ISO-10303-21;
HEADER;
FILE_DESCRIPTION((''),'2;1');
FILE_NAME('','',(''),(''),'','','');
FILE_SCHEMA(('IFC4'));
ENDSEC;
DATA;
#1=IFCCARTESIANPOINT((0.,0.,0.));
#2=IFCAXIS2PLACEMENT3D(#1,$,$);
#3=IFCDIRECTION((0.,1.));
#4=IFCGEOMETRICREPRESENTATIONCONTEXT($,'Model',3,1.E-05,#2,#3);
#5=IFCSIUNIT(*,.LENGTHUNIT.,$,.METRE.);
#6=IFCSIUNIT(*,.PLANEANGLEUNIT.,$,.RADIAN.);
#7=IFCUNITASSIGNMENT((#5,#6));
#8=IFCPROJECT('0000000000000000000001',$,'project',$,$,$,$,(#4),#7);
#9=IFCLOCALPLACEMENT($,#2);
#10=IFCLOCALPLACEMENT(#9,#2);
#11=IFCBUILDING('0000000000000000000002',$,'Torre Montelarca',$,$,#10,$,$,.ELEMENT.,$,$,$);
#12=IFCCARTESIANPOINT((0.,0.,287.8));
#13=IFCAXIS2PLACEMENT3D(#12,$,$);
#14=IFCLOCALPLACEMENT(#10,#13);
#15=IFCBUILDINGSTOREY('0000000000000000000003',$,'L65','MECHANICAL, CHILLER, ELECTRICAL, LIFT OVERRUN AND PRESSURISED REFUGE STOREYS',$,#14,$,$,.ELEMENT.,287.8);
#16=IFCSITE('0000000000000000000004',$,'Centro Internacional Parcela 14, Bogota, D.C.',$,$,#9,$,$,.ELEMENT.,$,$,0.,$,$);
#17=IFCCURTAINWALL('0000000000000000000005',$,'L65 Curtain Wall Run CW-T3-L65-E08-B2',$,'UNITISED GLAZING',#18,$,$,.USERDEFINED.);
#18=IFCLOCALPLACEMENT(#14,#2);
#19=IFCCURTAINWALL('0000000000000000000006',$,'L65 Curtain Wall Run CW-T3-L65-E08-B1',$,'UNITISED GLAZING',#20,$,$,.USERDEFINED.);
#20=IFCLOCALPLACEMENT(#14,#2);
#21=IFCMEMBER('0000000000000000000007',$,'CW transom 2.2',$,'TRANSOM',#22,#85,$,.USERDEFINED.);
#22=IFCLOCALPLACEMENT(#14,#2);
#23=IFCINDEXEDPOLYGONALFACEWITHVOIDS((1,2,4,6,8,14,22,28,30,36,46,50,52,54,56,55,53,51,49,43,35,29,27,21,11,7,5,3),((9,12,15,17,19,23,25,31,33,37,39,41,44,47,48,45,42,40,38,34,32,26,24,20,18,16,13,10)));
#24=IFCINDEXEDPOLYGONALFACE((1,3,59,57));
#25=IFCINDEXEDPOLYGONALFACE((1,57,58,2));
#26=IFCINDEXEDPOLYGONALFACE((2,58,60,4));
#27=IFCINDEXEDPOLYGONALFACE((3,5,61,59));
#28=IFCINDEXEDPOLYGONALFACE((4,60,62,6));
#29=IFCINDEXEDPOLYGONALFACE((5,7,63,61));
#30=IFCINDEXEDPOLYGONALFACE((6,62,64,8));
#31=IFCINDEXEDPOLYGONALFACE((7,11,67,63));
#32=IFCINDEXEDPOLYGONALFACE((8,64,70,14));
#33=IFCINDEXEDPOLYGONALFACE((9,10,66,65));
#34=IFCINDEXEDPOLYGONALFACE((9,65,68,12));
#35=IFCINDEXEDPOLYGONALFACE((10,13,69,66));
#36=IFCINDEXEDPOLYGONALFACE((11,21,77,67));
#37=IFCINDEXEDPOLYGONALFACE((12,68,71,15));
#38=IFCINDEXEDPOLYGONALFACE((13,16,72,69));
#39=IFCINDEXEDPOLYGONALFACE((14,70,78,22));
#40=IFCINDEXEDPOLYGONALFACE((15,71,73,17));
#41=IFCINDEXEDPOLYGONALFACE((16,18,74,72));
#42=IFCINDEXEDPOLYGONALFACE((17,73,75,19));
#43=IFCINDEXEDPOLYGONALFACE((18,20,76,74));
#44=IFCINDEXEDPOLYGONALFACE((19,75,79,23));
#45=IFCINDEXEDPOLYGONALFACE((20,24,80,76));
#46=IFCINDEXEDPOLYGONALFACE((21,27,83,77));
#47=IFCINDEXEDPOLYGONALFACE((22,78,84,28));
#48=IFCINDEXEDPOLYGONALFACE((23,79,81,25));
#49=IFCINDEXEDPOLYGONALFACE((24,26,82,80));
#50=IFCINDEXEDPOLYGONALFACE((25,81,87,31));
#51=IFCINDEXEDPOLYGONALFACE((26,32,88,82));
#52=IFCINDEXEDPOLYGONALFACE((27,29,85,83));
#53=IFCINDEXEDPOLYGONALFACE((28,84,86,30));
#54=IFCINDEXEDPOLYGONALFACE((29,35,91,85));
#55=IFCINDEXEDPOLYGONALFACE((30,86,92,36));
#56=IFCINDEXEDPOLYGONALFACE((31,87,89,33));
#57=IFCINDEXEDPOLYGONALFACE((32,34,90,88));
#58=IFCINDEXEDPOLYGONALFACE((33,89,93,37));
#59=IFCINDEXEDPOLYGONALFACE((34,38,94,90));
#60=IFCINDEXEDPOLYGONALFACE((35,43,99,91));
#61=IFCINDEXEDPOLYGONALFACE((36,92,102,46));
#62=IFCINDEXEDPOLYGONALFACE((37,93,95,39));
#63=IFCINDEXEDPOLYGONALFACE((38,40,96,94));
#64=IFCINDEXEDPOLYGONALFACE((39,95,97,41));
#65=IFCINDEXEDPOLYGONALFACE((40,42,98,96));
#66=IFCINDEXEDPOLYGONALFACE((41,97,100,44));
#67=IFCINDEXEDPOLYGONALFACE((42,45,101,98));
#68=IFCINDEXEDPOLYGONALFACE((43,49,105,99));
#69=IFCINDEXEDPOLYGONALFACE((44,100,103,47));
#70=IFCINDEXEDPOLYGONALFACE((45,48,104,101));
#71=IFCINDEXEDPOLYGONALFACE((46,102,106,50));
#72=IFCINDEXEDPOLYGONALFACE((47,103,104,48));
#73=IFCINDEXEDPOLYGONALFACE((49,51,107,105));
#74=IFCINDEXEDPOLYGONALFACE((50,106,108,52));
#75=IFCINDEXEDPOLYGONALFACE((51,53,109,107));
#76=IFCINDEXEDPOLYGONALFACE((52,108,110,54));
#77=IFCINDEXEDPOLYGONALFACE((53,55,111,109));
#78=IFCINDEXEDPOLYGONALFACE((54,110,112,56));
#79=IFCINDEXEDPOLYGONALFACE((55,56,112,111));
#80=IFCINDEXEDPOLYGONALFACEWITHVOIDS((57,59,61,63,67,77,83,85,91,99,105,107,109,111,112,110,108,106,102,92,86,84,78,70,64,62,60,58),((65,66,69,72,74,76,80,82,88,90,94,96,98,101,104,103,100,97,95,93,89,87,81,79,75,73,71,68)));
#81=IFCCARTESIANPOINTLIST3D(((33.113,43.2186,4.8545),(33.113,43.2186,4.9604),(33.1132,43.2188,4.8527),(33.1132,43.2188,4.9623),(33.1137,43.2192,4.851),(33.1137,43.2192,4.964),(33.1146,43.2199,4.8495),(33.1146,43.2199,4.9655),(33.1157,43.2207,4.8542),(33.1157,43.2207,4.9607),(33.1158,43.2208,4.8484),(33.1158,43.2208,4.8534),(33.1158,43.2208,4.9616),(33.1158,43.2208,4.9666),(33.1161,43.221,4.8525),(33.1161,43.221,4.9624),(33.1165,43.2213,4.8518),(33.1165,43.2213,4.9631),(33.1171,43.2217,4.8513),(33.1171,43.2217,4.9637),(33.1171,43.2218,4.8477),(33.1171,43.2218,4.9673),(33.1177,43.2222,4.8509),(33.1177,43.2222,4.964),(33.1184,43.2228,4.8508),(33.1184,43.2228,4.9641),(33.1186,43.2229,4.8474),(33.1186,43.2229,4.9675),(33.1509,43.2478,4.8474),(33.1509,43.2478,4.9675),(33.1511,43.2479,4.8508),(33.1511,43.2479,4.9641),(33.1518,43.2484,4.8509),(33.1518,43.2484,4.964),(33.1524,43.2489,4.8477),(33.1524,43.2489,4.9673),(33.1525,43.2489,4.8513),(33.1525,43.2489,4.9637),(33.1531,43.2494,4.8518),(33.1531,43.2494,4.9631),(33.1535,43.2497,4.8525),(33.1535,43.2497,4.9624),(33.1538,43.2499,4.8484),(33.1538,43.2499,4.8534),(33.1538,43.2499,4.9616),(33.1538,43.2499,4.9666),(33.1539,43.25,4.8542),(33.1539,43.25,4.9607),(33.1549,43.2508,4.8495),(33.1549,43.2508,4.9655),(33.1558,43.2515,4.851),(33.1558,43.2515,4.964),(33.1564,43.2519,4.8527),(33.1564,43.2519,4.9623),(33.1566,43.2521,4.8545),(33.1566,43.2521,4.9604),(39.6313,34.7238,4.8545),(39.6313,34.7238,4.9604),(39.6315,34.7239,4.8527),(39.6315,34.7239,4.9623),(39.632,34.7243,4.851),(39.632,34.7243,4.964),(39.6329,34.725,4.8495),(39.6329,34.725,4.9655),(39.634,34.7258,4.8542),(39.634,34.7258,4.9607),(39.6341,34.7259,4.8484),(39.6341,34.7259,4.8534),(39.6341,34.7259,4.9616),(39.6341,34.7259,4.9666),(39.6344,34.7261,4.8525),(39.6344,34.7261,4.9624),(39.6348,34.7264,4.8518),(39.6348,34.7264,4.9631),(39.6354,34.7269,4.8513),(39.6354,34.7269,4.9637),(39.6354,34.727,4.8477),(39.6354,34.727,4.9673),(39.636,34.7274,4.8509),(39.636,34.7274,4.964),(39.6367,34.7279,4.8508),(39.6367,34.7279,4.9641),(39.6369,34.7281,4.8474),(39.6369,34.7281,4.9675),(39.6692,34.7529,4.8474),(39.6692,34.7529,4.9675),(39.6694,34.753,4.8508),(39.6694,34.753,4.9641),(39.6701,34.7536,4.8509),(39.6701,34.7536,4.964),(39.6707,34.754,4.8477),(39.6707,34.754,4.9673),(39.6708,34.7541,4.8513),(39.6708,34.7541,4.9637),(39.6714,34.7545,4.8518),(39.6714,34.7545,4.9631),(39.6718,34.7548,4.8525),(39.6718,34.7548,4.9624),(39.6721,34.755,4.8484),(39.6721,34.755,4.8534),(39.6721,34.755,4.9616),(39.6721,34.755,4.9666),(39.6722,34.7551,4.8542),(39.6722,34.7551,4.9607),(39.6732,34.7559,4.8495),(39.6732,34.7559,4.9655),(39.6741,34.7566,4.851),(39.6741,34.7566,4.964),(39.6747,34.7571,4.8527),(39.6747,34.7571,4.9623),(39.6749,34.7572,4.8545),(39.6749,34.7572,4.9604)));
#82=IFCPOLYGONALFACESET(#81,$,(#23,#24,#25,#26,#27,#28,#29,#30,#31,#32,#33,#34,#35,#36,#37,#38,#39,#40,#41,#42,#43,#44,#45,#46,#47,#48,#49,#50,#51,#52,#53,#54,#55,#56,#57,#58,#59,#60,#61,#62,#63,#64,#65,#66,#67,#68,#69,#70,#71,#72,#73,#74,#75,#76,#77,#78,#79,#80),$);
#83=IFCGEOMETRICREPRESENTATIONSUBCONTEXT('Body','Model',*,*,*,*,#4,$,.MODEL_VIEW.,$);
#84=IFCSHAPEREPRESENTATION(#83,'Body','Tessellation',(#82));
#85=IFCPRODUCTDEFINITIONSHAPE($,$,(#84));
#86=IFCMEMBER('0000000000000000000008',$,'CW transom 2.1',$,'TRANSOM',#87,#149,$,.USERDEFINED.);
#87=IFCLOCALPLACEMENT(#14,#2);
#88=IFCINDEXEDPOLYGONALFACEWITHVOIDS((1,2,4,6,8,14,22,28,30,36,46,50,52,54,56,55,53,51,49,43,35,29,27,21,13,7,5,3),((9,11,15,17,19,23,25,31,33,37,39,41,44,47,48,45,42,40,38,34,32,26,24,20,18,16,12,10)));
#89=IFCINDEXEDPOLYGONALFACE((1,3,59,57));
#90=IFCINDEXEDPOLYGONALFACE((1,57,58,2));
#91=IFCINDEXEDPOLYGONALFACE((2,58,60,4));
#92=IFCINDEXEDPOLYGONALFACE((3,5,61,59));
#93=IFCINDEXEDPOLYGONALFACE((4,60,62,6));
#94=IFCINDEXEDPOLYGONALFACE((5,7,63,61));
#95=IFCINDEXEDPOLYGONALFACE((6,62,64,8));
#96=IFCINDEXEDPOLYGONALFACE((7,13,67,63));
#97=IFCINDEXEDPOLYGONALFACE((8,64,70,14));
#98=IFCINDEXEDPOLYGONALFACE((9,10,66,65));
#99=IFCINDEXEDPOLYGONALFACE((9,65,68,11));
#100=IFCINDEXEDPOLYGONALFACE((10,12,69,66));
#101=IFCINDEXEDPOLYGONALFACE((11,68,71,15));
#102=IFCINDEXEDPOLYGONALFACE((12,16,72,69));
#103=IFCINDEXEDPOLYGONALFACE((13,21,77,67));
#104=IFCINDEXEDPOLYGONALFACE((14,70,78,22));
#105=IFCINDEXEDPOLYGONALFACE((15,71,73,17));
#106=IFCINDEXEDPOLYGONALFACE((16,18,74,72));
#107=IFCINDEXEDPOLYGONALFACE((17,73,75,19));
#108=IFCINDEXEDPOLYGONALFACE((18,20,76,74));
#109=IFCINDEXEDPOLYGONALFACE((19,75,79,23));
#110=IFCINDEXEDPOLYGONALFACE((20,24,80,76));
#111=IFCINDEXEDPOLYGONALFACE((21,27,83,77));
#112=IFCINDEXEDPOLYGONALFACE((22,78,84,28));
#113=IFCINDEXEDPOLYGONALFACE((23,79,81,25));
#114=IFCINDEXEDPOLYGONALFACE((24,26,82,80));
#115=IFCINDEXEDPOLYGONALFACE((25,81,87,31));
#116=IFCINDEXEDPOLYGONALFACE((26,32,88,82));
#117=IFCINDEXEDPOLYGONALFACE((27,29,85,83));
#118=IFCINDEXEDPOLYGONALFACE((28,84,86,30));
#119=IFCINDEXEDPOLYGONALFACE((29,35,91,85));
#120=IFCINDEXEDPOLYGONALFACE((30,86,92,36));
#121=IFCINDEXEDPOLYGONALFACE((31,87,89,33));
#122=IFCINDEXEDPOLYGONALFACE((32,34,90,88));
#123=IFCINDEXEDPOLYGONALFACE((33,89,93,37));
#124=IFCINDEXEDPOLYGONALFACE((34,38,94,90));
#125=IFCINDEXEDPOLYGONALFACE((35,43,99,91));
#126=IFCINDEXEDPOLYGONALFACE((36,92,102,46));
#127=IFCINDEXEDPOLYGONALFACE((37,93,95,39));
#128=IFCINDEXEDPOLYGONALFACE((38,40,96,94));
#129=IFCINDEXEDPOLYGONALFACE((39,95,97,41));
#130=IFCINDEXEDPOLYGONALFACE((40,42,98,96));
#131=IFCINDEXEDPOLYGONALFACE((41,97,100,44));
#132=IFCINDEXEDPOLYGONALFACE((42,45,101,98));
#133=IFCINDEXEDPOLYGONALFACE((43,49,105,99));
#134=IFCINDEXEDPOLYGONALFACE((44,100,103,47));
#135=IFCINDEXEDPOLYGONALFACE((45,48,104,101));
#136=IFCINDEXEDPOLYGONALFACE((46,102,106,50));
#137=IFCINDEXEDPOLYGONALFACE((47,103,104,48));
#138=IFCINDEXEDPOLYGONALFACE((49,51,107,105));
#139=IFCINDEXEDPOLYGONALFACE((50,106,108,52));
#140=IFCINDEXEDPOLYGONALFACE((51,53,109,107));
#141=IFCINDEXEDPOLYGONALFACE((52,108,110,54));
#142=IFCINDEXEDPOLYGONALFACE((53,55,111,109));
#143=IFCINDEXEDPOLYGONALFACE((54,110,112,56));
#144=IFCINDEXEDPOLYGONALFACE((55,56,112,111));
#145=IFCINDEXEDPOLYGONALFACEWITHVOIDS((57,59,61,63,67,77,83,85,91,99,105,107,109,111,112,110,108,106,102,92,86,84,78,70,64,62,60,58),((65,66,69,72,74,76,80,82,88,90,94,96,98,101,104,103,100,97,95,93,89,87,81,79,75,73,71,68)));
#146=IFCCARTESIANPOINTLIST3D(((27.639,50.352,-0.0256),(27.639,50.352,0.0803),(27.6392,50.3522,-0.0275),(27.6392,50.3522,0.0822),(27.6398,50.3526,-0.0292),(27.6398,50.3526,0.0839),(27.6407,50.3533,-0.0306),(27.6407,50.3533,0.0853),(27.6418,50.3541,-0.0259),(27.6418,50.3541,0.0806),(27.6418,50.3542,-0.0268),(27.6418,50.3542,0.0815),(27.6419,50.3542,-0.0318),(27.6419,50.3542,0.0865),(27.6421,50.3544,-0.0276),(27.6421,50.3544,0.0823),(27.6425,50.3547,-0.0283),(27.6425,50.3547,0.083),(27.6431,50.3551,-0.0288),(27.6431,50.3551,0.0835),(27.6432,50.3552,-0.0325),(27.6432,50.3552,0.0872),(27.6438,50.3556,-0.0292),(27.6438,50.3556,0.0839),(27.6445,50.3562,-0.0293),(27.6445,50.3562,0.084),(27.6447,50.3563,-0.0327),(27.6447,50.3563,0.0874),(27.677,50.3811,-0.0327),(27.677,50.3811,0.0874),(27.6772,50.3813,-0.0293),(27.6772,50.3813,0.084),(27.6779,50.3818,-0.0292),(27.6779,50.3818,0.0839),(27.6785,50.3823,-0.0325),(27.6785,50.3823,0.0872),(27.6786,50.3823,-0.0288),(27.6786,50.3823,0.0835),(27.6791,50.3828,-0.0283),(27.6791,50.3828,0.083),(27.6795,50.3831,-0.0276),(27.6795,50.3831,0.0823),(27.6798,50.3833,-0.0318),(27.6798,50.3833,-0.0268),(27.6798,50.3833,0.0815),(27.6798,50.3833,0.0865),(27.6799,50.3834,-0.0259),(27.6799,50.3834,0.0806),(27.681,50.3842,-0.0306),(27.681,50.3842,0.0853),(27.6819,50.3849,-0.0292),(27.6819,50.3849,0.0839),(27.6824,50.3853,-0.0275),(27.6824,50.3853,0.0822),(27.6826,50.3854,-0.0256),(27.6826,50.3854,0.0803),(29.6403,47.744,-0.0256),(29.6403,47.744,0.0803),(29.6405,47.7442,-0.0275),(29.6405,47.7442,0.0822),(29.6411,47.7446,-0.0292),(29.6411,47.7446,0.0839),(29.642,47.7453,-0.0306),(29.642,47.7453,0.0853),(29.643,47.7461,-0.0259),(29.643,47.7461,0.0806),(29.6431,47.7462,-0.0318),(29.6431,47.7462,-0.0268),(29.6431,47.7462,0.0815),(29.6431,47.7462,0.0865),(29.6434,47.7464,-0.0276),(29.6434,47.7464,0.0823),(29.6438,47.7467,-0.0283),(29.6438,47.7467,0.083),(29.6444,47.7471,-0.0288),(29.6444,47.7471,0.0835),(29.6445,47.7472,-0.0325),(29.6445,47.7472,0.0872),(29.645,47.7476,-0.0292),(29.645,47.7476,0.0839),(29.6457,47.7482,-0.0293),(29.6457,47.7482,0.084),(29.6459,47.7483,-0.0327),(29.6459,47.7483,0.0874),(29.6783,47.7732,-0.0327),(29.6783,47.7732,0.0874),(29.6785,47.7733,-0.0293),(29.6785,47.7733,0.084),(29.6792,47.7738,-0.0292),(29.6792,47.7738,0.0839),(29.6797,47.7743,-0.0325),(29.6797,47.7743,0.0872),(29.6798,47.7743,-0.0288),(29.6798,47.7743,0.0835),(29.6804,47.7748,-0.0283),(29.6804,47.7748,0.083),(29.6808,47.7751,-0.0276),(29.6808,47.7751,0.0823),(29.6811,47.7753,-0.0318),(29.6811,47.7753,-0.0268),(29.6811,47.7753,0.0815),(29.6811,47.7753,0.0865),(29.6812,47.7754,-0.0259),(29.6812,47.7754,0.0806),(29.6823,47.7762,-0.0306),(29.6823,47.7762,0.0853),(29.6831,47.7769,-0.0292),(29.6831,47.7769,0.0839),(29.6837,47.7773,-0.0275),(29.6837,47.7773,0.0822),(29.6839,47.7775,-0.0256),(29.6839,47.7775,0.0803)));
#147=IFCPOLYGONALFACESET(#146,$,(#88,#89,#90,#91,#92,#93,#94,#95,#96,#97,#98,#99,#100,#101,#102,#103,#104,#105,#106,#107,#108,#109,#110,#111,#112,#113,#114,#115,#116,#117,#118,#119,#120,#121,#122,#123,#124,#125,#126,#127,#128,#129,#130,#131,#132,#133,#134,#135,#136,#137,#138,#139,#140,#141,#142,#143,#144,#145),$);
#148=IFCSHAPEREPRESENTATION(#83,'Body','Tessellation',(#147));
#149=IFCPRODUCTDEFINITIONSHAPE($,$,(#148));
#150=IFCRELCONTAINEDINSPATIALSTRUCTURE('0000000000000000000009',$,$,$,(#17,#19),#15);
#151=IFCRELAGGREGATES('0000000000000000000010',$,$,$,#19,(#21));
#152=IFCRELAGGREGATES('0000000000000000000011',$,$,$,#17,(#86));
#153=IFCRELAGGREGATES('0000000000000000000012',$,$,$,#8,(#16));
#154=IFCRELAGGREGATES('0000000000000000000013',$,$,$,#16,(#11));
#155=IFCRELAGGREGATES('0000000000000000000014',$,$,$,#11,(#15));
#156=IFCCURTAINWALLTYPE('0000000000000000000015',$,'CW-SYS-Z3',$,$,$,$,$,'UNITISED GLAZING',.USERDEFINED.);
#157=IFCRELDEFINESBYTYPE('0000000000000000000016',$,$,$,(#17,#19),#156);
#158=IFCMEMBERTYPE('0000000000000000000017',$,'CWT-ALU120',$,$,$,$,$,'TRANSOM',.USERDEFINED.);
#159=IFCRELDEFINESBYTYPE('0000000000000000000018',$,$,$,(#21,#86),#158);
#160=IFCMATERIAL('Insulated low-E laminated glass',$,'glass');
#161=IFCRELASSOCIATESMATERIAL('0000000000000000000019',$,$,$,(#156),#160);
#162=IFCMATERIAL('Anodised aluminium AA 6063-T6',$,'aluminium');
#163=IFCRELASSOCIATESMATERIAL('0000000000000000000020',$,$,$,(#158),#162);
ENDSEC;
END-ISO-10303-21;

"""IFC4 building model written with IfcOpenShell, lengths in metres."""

from ifc_helpers import new_model, si_unit, direction, frame, origin, origin_2d, place, context, subcontext, project, spatial, hollow_rectangle, extrude, source, transform, mapped, material, material_profile, profile_set, type_object, element, aggregate, save


model = new_model("IFC4")

# Units and contexts
model_context = context("Model", 3, precision=1e-05, world=origin(), true_north=direction((0.0, 1.0)))
body_context = subcontext(model_context, "Body", "Model", "MODEL_VIEW")
ifc_project = project(units=[si_unit("LENGTHUNIT", "METRE"), si_unit("PLANEANGLEUNIT", "RADIAN")], contexts=[model_context])

# Site, building, storey
site_placement = place(None, origin())
site = spatial("IfcSite", under=ifc_project, at=site_placement, Name="Centro Internacional Parcela 14, Bogota, D.C.", CompositionType="ELEMENT", RefElevation=0.0)
building_placement = place(site_placement, origin())
building = spatial("IfcBuilding", under=site, at=building_placement, Name="Torre Montelarca", CompositionType="ELEMENT")
storey_placement = place(building_placement, frame((0.0, 0.0, 287.8)))
storey = spatial("IfcBuildingStorey", under=building, at=storey_placement, Name="L65", Description="MECHANICAL, CHILLER, ELECTRICAL, LIFT OVERRUN AND PRESSURISED REFUGE STOREYS", CompositionType="ELEMENT", Elevation=287.8)

# Curtain walls
ifc_material_1 = material(Name="Insulated low-E laminated glass", Category="glass")
curtain_wall_type = type_object("IfcCurtainWallType", Name="CW-SYS-Z3", ElementType="UNITISED GLAZING", PredefinedType="USERDEFINED", material=ifc_material_1)
curtain_wall_1_placement = place(storey_placement, origin())
curtain_wall_1 = element("IfcCurtainWall", 1, at=curtain_wall_1_placement, inside=storey, type_object=curtain_wall_type, Name="L65 Curtain Wall Run CW-T3-L65-E08-B2", ObjectType="UNITISED GLAZING", PredefinedType="USERDEFINED")
ifc_material_2 = material(Name="Anodised aluminium AA 6063-T6", Category="aluminium")
ifc_material_profile_1 = material_profile(ifc_material_2, hollow_rectangle(XDim=0.0549, YDim=0.1201, WallThickness=0.0034, InnerFilletRadius=0.0034, OuterFilletRadius=0.0071, at=origin_2d()), Name="ALU55X120X3.5", Category="aluminium")
ifc_profile_set_1 = profile_set([ifc_material_profile_1], Name="Anodised aluminium AA 6063-T6")
member_type_1 = type_object("IfcMemberType", Name="CWT-ALU120", ElementType="TRANSOM", PredefinedType="USERDEFINED", material=ifc_profile_set_1)
curtain_wall_2_placement = place(storey_placement, origin())
curtain_wall_2 = element("IfcCurtainWall", 2, at=curtain_wall_2_placement, inside=storey, type_object=curtain_wall_type, Name="L65 Curtain Wall Run CW-T3-L65-E08-B1", ObjectType="UNITISED GLAZING", PredefinedType="USERDEFINED")

# Members
shared_shape_1 = source(origin(), body_context, "Body", "SweptSolid", [
    extrude(hollow_rectangle(XDim=0.0549, YDim=0.1201, WallThickness=0.0034, InnerFilletRadius=0.0034, OuterFilletRadius=0.0071, at=origin_2d()), origin(), (0.0, 0.0, 1.0), 10.7075),
])
member_1_placement = place(storey_placement, frame((39.6531, 34.7405, 4.9075), z_axis=(-0.608759, 0.793355, 0.0), x_axis=(-0.793355, -0.608759, 0.0)))
member_1 = element("IfcMember", 3, at=member_1_placement, type_object=member_type_1, Name="CW transom 2.2", ObjectType="TRANSOM", PredefinedType="USERDEFINED", context=body_context, shape_type="MappedRepresentation", body=[
    mapped(shared_shape_1, transform((0.0, 0.0, 0.0), scale=1.0)),
])
shared_shape_2 = source(origin(), body_context, "Body", "SweptSolid", [
    extrude(hollow_rectangle(XDim=0.0549, YDim=0.1201, WallThickness=0.0034, InnerFilletRadius=0.0034, OuterFilletRadius=0.0071, at=origin_2d()), origin(), (0.0, 0.0, 1.0), 3.2874),
])
member_2_placement = place(storey_placement, frame((29.6621, 47.7607, 0.0273), z_axis=(-0.608781, 0.793339, 0.0), x_axis=(-0.793339, -0.608781, 0.0)))
member_2 = element("IfcMember", 4, at=member_2_placement, type_object=member_type_1, Name="CW transom 2.1", ObjectType="TRANSOM", PredefinedType="USERDEFINED", context=body_context, shape_type="MappedRepresentation", body=[
    mapped(shared_shape_2, transform((0.0, 0.0, 0.0), scale=1.0)),
])

aggregate(curtain_wall_2, [member_1])
aggregate(curtain_wall_1, [member_2])

save(model, "model.ifc")
